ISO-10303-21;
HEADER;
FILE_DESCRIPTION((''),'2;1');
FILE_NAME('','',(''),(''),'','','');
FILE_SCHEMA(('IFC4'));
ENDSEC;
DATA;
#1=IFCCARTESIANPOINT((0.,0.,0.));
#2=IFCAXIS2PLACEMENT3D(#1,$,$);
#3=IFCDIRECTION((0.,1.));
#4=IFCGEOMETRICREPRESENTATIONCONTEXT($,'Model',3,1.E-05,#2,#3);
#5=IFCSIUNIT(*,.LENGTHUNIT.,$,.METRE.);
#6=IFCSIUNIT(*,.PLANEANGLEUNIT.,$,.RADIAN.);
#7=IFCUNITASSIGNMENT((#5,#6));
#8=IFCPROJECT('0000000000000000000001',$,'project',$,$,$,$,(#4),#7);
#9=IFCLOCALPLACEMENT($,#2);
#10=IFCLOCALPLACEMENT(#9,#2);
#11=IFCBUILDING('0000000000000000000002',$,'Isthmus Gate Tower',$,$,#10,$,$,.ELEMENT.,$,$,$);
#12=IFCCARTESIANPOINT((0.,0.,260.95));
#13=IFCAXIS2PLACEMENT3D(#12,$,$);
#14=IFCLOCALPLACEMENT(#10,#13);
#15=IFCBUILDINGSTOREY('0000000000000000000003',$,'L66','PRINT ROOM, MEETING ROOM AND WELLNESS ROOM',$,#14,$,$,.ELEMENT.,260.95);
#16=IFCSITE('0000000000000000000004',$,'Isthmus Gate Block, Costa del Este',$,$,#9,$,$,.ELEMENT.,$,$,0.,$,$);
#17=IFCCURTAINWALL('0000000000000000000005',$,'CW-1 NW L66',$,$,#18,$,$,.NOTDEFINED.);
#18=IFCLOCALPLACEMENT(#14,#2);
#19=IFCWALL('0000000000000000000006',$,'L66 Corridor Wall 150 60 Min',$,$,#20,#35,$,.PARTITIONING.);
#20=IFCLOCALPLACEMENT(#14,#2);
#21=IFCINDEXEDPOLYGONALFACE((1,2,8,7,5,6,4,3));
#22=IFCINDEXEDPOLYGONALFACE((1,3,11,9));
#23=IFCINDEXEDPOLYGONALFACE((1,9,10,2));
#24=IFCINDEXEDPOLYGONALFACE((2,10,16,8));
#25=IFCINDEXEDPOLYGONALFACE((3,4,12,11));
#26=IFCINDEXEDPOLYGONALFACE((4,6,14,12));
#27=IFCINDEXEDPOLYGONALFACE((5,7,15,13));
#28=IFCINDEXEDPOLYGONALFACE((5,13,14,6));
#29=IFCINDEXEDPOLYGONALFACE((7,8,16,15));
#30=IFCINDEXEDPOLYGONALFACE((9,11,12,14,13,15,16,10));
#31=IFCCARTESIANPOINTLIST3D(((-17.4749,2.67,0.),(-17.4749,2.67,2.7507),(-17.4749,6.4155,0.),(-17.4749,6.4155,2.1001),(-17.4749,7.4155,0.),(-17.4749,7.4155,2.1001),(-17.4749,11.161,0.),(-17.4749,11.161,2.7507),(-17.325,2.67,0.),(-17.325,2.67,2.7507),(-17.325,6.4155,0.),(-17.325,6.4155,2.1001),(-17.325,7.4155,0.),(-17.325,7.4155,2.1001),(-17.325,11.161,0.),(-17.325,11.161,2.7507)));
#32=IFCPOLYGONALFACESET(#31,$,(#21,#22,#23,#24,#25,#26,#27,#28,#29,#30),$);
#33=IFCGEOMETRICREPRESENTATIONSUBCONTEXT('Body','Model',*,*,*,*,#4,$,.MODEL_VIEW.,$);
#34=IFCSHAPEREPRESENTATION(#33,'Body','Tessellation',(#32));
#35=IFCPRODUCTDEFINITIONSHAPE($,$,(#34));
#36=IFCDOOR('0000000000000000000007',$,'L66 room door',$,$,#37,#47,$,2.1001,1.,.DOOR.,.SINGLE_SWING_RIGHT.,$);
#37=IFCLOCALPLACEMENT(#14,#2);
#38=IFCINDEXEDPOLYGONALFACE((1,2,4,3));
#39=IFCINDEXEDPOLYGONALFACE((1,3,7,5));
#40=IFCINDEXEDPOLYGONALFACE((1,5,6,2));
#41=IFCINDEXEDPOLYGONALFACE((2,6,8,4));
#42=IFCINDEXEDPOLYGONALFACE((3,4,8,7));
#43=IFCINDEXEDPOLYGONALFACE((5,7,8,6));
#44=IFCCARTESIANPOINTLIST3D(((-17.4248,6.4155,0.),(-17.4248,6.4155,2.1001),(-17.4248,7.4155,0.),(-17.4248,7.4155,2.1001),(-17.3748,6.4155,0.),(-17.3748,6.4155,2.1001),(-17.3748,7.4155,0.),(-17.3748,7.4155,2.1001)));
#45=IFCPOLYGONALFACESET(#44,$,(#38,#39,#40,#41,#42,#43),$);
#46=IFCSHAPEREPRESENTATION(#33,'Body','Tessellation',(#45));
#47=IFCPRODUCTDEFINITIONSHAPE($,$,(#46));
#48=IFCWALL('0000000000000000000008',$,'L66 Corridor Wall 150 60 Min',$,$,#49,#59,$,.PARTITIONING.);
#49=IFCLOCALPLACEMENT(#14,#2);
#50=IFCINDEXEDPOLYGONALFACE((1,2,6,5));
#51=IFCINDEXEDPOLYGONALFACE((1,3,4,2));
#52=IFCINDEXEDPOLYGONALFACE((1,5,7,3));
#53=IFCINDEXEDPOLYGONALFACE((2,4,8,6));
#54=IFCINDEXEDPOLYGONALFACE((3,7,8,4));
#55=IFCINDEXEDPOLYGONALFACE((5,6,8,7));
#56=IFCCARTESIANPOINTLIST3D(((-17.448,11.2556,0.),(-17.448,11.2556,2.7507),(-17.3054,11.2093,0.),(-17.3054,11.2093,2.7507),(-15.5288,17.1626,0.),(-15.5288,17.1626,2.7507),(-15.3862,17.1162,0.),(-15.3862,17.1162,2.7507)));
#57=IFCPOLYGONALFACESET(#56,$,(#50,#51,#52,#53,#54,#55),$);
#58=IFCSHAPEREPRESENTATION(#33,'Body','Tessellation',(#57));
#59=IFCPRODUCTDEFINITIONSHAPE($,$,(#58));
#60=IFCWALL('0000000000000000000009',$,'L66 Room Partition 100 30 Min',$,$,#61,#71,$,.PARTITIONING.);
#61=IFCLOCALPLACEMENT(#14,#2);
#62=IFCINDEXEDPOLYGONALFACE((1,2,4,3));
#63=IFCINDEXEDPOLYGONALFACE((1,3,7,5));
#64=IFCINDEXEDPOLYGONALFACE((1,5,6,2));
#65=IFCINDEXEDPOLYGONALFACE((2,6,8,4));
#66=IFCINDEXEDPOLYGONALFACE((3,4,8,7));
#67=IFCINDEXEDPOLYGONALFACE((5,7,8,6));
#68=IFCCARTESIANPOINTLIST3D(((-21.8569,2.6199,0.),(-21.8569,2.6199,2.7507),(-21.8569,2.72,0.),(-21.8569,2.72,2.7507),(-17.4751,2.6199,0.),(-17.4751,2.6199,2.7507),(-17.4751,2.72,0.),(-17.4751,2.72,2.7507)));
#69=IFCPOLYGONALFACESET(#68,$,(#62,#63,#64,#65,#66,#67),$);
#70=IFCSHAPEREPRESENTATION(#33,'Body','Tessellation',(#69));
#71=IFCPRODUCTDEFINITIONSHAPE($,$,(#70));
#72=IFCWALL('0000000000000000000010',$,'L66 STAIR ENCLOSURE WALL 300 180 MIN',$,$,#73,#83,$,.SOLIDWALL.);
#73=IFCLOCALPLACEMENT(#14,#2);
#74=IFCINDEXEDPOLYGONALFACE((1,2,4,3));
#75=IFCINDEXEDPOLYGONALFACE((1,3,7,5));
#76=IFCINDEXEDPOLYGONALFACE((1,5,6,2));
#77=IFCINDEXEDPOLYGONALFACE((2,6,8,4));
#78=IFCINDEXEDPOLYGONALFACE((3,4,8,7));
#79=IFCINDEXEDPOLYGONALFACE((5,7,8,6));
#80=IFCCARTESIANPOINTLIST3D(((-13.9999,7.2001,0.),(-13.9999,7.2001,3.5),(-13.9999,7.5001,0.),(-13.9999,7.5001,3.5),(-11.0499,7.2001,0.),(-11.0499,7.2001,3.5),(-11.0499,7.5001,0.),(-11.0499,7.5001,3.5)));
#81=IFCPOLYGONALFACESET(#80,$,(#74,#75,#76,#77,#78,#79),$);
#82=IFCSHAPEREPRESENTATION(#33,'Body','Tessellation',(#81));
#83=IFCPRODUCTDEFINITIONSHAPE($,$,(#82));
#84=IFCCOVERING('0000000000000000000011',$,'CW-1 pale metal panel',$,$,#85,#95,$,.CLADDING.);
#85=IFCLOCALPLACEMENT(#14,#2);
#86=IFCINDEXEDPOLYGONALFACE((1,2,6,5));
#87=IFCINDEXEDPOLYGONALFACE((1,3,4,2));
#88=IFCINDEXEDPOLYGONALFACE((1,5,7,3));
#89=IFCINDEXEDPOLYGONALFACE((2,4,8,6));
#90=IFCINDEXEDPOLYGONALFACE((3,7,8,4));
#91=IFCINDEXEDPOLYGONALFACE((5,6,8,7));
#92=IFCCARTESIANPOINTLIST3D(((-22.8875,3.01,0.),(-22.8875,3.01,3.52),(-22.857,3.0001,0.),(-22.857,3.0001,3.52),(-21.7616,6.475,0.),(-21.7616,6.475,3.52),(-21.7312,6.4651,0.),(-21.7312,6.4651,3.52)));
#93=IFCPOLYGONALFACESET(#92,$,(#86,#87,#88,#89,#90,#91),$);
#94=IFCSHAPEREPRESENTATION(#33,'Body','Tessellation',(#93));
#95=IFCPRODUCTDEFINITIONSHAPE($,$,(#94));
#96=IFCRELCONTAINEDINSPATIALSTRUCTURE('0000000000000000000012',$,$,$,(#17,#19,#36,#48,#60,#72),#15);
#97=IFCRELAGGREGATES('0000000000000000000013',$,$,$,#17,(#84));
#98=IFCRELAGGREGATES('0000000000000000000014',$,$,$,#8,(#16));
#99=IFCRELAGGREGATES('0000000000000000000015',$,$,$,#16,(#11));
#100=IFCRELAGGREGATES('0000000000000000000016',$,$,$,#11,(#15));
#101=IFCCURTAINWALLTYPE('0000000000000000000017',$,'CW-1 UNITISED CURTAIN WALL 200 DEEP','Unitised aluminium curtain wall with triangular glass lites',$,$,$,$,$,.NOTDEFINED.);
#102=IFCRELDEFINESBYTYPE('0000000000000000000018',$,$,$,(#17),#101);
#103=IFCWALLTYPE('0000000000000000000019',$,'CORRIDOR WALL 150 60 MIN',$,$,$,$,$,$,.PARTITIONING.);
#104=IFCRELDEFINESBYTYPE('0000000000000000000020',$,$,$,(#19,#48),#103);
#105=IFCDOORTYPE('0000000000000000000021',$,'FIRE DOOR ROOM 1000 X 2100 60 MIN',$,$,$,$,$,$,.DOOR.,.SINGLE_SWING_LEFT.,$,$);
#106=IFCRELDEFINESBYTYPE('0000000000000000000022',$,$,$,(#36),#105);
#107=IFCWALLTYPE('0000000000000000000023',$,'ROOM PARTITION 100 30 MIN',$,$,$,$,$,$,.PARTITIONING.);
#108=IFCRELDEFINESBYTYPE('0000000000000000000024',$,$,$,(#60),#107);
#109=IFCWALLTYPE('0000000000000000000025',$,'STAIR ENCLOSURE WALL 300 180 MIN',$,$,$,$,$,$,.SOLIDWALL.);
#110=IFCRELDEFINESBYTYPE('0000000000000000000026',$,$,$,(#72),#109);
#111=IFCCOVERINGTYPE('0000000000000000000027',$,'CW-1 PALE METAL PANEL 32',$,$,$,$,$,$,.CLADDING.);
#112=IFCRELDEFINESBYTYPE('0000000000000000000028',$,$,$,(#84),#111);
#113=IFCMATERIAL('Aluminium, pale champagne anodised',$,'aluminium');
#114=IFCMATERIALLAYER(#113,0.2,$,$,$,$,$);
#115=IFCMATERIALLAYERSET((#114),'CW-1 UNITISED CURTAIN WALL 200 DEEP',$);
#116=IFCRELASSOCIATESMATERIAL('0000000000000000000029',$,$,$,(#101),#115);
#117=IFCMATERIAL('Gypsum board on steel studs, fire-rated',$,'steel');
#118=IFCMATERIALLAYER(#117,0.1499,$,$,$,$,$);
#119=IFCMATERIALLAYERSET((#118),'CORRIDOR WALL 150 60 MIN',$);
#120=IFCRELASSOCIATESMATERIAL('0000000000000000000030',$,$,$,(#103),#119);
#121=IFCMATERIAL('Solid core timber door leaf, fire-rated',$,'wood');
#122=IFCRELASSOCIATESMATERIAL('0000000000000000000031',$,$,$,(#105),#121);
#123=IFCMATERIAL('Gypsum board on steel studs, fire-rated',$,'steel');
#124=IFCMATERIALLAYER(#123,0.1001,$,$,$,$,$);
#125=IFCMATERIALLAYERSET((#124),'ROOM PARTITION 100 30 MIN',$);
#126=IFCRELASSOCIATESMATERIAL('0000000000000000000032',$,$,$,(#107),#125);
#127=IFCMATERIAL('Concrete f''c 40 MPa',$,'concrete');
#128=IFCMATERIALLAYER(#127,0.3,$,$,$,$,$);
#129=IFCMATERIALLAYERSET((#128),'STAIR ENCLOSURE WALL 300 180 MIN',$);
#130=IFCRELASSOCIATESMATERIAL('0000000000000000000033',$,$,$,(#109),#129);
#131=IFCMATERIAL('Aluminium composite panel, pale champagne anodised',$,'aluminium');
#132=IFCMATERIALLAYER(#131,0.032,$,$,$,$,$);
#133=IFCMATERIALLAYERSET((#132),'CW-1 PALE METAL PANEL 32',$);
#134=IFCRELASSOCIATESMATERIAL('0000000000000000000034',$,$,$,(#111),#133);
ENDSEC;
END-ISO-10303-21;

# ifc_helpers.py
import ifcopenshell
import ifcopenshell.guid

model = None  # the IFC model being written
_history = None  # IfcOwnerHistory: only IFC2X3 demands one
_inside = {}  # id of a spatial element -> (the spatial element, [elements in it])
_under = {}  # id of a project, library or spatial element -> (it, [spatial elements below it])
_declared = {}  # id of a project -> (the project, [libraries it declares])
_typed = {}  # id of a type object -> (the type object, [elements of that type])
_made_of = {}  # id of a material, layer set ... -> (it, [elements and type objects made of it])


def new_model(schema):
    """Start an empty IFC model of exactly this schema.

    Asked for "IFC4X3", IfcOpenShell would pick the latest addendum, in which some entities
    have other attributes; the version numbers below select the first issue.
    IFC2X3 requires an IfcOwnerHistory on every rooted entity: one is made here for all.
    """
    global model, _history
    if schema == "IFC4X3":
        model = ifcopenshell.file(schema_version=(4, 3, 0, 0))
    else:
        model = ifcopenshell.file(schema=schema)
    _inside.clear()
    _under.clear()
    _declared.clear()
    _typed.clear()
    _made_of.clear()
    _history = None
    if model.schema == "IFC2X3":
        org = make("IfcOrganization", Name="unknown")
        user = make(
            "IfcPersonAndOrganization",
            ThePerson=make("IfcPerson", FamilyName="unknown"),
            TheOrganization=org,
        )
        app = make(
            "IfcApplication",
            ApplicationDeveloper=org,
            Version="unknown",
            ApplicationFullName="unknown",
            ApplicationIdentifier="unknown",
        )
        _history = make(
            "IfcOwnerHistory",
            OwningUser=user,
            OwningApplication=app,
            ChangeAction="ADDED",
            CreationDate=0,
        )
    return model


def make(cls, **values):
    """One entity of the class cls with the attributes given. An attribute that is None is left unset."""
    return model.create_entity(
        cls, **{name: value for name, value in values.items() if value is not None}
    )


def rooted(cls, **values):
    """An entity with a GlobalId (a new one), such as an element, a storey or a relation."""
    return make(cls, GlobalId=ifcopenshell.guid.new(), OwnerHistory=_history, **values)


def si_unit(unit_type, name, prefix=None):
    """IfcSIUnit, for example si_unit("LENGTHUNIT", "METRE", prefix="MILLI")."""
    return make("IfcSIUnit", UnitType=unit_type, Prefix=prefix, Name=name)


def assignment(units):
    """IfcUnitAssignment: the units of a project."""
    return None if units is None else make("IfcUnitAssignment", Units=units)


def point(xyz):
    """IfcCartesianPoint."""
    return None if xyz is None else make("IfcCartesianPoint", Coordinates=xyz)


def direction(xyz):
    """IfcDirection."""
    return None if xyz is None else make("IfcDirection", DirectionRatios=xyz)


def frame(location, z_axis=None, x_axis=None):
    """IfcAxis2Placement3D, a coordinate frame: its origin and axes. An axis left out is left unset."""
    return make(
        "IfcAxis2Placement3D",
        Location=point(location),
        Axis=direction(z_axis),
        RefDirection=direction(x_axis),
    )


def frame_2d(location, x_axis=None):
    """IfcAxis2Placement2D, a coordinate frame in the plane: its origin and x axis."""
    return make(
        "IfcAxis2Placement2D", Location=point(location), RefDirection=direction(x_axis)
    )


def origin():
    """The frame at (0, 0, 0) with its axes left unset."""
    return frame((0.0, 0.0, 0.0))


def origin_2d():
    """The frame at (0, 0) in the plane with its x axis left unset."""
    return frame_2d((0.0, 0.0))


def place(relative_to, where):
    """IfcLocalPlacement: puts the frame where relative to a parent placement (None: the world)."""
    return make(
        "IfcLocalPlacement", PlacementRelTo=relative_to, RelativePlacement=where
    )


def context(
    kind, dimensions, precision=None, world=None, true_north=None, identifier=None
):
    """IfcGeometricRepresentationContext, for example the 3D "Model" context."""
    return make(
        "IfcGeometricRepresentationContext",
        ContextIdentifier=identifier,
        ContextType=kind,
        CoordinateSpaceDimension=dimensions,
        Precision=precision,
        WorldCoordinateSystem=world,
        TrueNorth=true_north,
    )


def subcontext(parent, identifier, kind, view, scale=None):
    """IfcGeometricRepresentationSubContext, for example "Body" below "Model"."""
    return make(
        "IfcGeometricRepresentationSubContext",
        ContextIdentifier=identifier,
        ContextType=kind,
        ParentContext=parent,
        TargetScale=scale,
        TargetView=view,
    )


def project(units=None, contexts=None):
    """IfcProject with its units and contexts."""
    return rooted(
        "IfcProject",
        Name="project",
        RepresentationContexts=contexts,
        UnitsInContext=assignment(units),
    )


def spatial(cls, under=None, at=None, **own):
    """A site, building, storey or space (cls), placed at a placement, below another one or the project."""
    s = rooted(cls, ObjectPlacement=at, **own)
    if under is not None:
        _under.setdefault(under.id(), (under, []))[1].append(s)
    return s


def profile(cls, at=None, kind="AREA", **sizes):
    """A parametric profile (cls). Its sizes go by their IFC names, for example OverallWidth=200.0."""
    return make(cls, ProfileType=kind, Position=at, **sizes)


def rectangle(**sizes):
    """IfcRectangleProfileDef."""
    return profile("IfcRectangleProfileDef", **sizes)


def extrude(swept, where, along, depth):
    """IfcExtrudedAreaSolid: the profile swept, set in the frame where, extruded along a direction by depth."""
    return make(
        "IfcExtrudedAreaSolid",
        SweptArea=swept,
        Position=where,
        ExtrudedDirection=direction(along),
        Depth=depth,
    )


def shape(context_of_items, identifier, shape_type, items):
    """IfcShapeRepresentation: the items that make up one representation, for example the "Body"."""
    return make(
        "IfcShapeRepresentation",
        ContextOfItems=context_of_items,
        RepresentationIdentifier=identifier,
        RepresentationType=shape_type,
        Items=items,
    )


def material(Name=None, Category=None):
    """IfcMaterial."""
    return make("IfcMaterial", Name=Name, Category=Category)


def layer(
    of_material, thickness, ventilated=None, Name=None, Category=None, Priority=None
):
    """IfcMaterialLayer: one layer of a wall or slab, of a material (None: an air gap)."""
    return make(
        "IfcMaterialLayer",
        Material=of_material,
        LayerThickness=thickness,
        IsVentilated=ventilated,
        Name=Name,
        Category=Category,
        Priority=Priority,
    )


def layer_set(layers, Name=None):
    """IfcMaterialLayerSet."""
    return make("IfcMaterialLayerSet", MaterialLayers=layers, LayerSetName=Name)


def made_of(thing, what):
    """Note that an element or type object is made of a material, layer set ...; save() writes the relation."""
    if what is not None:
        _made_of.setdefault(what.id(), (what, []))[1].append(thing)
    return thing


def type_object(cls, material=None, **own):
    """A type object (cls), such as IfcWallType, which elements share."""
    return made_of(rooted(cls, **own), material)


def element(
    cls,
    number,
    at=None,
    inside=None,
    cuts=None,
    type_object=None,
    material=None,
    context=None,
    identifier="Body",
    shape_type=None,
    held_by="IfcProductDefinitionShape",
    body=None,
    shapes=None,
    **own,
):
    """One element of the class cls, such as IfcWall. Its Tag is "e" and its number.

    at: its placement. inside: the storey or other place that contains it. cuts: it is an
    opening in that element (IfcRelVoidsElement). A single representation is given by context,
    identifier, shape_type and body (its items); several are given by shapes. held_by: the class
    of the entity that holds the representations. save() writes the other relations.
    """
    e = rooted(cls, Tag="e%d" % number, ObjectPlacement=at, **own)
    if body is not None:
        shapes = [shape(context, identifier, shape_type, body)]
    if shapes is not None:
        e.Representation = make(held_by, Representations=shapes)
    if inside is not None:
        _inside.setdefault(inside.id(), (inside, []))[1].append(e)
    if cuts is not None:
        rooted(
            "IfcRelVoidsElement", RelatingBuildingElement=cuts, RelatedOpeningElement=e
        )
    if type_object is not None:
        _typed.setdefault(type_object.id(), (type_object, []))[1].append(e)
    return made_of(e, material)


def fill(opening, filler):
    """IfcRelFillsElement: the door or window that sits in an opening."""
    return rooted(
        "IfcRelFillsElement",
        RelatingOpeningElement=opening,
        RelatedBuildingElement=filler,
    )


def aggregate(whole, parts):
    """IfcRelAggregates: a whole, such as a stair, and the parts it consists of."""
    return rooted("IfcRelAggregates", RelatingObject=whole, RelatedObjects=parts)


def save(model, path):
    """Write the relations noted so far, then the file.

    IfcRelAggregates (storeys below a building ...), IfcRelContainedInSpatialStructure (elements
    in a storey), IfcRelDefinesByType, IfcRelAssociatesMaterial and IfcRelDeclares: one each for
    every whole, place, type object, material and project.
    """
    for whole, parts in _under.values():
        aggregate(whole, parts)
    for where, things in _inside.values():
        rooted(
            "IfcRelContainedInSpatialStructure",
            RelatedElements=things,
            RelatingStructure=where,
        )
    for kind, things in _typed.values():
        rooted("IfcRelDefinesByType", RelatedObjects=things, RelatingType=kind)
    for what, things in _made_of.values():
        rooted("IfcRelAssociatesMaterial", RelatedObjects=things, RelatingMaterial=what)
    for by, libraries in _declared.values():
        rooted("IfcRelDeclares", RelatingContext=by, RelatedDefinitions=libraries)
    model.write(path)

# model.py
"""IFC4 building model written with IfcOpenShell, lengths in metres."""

from ifc_helpers import new_model, si_unit, direction, frame, frame_2d, origin, origin_2d, place, context, subcontext, project, spatial, rectangle, extrude, material, layer, layer_set, type_object, element, fill, aggregate, save


model = new_model("IFC4")

# Units and contexts
model_context = context("Model", 3, precision=1e-05, world=origin(), true_north=direction((0.0, 1.0)))
body_context = subcontext(model_context, "Body", "Model", "MODEL_VIEW")
ifc_project = project(units=[si_unit("LENGTHUNIT", "METRE"), si_unit("PLANEANGLEUNIT", "RADIAN")], contexts=[model_context])

# Site, building, storey
site_placement = place(None, origin())
site = spatial("IfcSite", under=ifc_project, at=site_placement, Name="Isthmus Gate Block, Costa del Este", CompositionType="ELEMENT", RefElevation=0.0)
building_placement = place(site_placement, origin())
building = spatial("IfcBuilding", under=site, at=building_placement, Name="Isthmus Gate Tower", CompositionType="ELEMENT")
storey_placement = place(building_placement, frame((0.0, 0.0, 260.95)))
storey = spatial("IfcBuildingStorey", under=building, at=storey_placement, Name="L66", Description="PRINT ROOM, MEETING ROOM AND WELLNESS ROOM", CompositionType="ELEMENT", Elevation=260.95)

# Curtain wall
ifc_material_1 = material(Name="Aluminium, pale champagne anodised", Category="aluminium")
ifc_layer_1 = layer(ifc_material_1, 0.2)
ifc_layer_set_1 = layer_set([ifc_layer_1], Name="CW-1 UNITISED CURTAIN WALL 200 DEEP")
curtain_wall_type = type_object("IfcCurtainWallType", Name="CW-1 UNITISED CURTAIN WALL 200 DEEP", Description="Unitised aluminium curtain wall with triangular glass lites", PredefinedType="NOTDEFINED", material=ifc_layer_set_1)
curtain_wall_placement = place(storey_placement, origin())
curtain_wall = element("IfcCurtainWall", 1, at=curtain_wall_placement, inside=storey, type_object=curtain_wall_type, Name="CW-1 NW L66", PredefinedType="NOTDEFINED")

# Wall, opening, door
ifc_material_2 = material(Name="Gypsum board on steel studs, fire-rated", Category="steel")
ifc_layer_2 = layer(ifc_material_2, 0.1499)
ifc_layer_set_2 = layer_set([ifc_layer_2], Name="CORRIDOR WALL 150 60 MIN")
wall_type_1 = type_object("IfcWallType", Name="CORRIDOR WALL 150 60 MIN", PredefinedType="PARTITIONING", material=ifc_layer_set_2)
wall_1_placement = place(storey_placement, frame((-17.3999, 2.6699, 0.0), z_axis=(0.0, 0.0, 1.0), x_axis=(0.0, 1.0, 0.0)))
wall_1 = element("IfcWall", 2, at=wall_1_placement, inside=storey, type_object=wall_type_1, Name="L66 Corridor Wall 150 60 Min", PredefinedType="PARTITIONING", context=body_context, shape_type="SweptSolid", body=[
    extrude(rectangle(XDim=8.491, YDim=0.1499, at=frame_2d((4.2456, 0.0))), origin(), (0.0, 0.0, 1.0), 2.7507),
])
opening_1_placement = place(wall_1_placement, frame((3.7456, 0.0, 0.0)))
opening_1 = element("IfcOpeningElement", 3, at=opening_1_placement, cuts=wall_1, PredefinedType="OPENING", context=body_context, shape_type="SweptSolid", body=[
    extrude(rectangle(XDim=1.0, YDim=2.1001, at=frame_2d((0.5, 1.05))), frame((0.0, 0.085, 0.0), z_axis=(0.0, -1.0, 0.0), x_axis=(1.0, 0.0, 0.0)), (0.0, 0.0, 1.0), 0.1699),
])
ifc_material_3 = material(Name="Solid core timber door leaf, fire-rated", Category="wood")
door_type_1 = type_object("IfcDoorType", Name="FIRE DOOR ROOM 1000 X 2100 60 MIN", OperationType="SINGLE_SWING_LEFT", PredefinedType="DOOR", material=ifc_material_3)
door_1_placement = place(opening_1_placement, origin())
door_1 = element("IfcDoor", 4, at=door_1_placement, inside=storey, type_object=door_type_1, Name="L66 room door", OperationType="SINGLE_SWING_RIGHT", OverallHeight=2.1001, OverallWidth=1.0, PredefinedType="DOOR", context=body_context, shape_type="SweptSolid", body=[
    extrude(rectangle(XDim=1.0, YDim=2.1001, at=frame_2d((0.5, 1.05))), frame((0.0, 0.0249, 0.0), z_axis=(0.0, -1.0, 0.0), x_axis=(1.0, 0.0, 0.0)), (0.0, 0.0, 1.0), 0.05),
])
fill(opening_1, door_1)

# Walls
wall_2_placement = place(storey_placement, frame((-17.3767, 11.2324, 0.0), z_axis=(0.0, 0.0, 1.0), x_axis=(0.309002, 0.951062, 0.0)))
element("IfcWall", 5, at=wall_2_placement, inside=storey, type_object=wall_type_1, Name="L66 Corridor Wall 150 60 Min", PredefinedType="PARTITIONING", context=body_context, shape_type="SweptSolid", body=[
    extrude(rectangle(XDim=6.2109, YDim=0.1499, at=frame_2d((3.1055, 0.0))), origin(), (0.0, 0.0, 1.0), 2.7507),
])
ifc_material_4 = material(Name="Gypsum board on steel studs, fire-rated", Category="steel")
ifc_layer_3 = layer(ifc_material_4, 0.1001)
ifc_layer_set_3 = layer_set([ifc_layer_3], Name="ROOM PARTITION 100 30 MIN")
wall_type_2 = type_object("IfcWallType", Name="ROOM PARTITION 100 30 MIN", PredefinedType="PARTITIONING", material=ifc_layer_set_3)
wall_3_placement = place(storey_placement, frame((-21.8569, 2.6699, 0.0), z_axis=(0.0, 0.0, 1.0), x_axis=(1.0, 0.0, 0.0)))
element("IfcWall", 6, at=wall_3_placement, inside=storey, type_object=wall_type_2, Name="L66 Room Partition 100 30 Min", PredefinedType="PARTITIONING", context=body_context, shape_type="SweptSolid", body=[
    extrude(rectangle(XDim=4.3818, YDim=0.1001, at=frame_2d((2.1909, 0.0))), origin(), (0.0, 0.0, 1.0), 2.7507),
])
ifc_material_5 = material(Name="Concrete f'c 40 MPa", Category="concrete")
ifc_layer_4 = layer(ifc_material_5, 0.3)
ifc_layer_set_4 = layer_set([ifc_layer_4], Name="STAIR ENCLOSURE WALL 300 180 MIN")
wall_type_3 = type_object("IfcWallType", Name="STAIR ENCLOSURE WALL 300 180 MIN", PredefinedType="SOLIDWALL", material=ifc_layer_set_4)
wall_4_placement = place(storey_placement, frame((-14.0, 7.3501, 0.0), z_axis=(0.0, 0.0, 1.0), x_axis=(1.0, 0.0, 0.0)))
element("IfcWall", 7, at=wall_4_placement, inside=storey, type_object=wall_type_3, Name="L66 STAIR ENCLOSURE WALL 300 180 MIN", PredefinedType="SOLIDWALL", context=body_context, shape_type="SweptSolid", body=[
    extrude(rectangle(XDim=2.95, YDim=0.3, at=frame_2d((1.4751, 0.0))), origin(), (0.0, 0.0, 1.0), 3.5),
])

# Covering
ifc_material_6 = material(Name="Aluminium composite panel, pale champagne anodised", Category="aluminium")
ifc_layer_5 = layer(ifc_material_6, 0.032)
ifc_layer_set_5 = layer_set([ifc_layer_5], Name="CW-1 PALE METAL PANEL 32")
covering_type = type_object("IfcCoveringType", Name="CW-1 PALE METAL PANEL 32", PredefinedType="CLADDING", material=ifc_layer_set_5)
covering_placement = place(storey_placement, frame((-22.3093, 4.7375, 0.0), z_axis=(0.0, 0.0, 1.0), x_axis=(-0.309017, -0.951057, 0.0)))
covering = element("IfcCovering", 8, at=covering_placement, type_object=covering_type, Name="CW-1 pale metal panel", PredefinedType="CLADDING", context=body_context, shape_type="SweptSolid", body=[
    extrude(rectangle(XDim=3.6433, YDim=0.032, at=origin_2d()), origin(), (0.0, 0.0, 1.0), 3.52),
])
aggregate(curtain_wall, [covering])

save(model, "model.ifc")
